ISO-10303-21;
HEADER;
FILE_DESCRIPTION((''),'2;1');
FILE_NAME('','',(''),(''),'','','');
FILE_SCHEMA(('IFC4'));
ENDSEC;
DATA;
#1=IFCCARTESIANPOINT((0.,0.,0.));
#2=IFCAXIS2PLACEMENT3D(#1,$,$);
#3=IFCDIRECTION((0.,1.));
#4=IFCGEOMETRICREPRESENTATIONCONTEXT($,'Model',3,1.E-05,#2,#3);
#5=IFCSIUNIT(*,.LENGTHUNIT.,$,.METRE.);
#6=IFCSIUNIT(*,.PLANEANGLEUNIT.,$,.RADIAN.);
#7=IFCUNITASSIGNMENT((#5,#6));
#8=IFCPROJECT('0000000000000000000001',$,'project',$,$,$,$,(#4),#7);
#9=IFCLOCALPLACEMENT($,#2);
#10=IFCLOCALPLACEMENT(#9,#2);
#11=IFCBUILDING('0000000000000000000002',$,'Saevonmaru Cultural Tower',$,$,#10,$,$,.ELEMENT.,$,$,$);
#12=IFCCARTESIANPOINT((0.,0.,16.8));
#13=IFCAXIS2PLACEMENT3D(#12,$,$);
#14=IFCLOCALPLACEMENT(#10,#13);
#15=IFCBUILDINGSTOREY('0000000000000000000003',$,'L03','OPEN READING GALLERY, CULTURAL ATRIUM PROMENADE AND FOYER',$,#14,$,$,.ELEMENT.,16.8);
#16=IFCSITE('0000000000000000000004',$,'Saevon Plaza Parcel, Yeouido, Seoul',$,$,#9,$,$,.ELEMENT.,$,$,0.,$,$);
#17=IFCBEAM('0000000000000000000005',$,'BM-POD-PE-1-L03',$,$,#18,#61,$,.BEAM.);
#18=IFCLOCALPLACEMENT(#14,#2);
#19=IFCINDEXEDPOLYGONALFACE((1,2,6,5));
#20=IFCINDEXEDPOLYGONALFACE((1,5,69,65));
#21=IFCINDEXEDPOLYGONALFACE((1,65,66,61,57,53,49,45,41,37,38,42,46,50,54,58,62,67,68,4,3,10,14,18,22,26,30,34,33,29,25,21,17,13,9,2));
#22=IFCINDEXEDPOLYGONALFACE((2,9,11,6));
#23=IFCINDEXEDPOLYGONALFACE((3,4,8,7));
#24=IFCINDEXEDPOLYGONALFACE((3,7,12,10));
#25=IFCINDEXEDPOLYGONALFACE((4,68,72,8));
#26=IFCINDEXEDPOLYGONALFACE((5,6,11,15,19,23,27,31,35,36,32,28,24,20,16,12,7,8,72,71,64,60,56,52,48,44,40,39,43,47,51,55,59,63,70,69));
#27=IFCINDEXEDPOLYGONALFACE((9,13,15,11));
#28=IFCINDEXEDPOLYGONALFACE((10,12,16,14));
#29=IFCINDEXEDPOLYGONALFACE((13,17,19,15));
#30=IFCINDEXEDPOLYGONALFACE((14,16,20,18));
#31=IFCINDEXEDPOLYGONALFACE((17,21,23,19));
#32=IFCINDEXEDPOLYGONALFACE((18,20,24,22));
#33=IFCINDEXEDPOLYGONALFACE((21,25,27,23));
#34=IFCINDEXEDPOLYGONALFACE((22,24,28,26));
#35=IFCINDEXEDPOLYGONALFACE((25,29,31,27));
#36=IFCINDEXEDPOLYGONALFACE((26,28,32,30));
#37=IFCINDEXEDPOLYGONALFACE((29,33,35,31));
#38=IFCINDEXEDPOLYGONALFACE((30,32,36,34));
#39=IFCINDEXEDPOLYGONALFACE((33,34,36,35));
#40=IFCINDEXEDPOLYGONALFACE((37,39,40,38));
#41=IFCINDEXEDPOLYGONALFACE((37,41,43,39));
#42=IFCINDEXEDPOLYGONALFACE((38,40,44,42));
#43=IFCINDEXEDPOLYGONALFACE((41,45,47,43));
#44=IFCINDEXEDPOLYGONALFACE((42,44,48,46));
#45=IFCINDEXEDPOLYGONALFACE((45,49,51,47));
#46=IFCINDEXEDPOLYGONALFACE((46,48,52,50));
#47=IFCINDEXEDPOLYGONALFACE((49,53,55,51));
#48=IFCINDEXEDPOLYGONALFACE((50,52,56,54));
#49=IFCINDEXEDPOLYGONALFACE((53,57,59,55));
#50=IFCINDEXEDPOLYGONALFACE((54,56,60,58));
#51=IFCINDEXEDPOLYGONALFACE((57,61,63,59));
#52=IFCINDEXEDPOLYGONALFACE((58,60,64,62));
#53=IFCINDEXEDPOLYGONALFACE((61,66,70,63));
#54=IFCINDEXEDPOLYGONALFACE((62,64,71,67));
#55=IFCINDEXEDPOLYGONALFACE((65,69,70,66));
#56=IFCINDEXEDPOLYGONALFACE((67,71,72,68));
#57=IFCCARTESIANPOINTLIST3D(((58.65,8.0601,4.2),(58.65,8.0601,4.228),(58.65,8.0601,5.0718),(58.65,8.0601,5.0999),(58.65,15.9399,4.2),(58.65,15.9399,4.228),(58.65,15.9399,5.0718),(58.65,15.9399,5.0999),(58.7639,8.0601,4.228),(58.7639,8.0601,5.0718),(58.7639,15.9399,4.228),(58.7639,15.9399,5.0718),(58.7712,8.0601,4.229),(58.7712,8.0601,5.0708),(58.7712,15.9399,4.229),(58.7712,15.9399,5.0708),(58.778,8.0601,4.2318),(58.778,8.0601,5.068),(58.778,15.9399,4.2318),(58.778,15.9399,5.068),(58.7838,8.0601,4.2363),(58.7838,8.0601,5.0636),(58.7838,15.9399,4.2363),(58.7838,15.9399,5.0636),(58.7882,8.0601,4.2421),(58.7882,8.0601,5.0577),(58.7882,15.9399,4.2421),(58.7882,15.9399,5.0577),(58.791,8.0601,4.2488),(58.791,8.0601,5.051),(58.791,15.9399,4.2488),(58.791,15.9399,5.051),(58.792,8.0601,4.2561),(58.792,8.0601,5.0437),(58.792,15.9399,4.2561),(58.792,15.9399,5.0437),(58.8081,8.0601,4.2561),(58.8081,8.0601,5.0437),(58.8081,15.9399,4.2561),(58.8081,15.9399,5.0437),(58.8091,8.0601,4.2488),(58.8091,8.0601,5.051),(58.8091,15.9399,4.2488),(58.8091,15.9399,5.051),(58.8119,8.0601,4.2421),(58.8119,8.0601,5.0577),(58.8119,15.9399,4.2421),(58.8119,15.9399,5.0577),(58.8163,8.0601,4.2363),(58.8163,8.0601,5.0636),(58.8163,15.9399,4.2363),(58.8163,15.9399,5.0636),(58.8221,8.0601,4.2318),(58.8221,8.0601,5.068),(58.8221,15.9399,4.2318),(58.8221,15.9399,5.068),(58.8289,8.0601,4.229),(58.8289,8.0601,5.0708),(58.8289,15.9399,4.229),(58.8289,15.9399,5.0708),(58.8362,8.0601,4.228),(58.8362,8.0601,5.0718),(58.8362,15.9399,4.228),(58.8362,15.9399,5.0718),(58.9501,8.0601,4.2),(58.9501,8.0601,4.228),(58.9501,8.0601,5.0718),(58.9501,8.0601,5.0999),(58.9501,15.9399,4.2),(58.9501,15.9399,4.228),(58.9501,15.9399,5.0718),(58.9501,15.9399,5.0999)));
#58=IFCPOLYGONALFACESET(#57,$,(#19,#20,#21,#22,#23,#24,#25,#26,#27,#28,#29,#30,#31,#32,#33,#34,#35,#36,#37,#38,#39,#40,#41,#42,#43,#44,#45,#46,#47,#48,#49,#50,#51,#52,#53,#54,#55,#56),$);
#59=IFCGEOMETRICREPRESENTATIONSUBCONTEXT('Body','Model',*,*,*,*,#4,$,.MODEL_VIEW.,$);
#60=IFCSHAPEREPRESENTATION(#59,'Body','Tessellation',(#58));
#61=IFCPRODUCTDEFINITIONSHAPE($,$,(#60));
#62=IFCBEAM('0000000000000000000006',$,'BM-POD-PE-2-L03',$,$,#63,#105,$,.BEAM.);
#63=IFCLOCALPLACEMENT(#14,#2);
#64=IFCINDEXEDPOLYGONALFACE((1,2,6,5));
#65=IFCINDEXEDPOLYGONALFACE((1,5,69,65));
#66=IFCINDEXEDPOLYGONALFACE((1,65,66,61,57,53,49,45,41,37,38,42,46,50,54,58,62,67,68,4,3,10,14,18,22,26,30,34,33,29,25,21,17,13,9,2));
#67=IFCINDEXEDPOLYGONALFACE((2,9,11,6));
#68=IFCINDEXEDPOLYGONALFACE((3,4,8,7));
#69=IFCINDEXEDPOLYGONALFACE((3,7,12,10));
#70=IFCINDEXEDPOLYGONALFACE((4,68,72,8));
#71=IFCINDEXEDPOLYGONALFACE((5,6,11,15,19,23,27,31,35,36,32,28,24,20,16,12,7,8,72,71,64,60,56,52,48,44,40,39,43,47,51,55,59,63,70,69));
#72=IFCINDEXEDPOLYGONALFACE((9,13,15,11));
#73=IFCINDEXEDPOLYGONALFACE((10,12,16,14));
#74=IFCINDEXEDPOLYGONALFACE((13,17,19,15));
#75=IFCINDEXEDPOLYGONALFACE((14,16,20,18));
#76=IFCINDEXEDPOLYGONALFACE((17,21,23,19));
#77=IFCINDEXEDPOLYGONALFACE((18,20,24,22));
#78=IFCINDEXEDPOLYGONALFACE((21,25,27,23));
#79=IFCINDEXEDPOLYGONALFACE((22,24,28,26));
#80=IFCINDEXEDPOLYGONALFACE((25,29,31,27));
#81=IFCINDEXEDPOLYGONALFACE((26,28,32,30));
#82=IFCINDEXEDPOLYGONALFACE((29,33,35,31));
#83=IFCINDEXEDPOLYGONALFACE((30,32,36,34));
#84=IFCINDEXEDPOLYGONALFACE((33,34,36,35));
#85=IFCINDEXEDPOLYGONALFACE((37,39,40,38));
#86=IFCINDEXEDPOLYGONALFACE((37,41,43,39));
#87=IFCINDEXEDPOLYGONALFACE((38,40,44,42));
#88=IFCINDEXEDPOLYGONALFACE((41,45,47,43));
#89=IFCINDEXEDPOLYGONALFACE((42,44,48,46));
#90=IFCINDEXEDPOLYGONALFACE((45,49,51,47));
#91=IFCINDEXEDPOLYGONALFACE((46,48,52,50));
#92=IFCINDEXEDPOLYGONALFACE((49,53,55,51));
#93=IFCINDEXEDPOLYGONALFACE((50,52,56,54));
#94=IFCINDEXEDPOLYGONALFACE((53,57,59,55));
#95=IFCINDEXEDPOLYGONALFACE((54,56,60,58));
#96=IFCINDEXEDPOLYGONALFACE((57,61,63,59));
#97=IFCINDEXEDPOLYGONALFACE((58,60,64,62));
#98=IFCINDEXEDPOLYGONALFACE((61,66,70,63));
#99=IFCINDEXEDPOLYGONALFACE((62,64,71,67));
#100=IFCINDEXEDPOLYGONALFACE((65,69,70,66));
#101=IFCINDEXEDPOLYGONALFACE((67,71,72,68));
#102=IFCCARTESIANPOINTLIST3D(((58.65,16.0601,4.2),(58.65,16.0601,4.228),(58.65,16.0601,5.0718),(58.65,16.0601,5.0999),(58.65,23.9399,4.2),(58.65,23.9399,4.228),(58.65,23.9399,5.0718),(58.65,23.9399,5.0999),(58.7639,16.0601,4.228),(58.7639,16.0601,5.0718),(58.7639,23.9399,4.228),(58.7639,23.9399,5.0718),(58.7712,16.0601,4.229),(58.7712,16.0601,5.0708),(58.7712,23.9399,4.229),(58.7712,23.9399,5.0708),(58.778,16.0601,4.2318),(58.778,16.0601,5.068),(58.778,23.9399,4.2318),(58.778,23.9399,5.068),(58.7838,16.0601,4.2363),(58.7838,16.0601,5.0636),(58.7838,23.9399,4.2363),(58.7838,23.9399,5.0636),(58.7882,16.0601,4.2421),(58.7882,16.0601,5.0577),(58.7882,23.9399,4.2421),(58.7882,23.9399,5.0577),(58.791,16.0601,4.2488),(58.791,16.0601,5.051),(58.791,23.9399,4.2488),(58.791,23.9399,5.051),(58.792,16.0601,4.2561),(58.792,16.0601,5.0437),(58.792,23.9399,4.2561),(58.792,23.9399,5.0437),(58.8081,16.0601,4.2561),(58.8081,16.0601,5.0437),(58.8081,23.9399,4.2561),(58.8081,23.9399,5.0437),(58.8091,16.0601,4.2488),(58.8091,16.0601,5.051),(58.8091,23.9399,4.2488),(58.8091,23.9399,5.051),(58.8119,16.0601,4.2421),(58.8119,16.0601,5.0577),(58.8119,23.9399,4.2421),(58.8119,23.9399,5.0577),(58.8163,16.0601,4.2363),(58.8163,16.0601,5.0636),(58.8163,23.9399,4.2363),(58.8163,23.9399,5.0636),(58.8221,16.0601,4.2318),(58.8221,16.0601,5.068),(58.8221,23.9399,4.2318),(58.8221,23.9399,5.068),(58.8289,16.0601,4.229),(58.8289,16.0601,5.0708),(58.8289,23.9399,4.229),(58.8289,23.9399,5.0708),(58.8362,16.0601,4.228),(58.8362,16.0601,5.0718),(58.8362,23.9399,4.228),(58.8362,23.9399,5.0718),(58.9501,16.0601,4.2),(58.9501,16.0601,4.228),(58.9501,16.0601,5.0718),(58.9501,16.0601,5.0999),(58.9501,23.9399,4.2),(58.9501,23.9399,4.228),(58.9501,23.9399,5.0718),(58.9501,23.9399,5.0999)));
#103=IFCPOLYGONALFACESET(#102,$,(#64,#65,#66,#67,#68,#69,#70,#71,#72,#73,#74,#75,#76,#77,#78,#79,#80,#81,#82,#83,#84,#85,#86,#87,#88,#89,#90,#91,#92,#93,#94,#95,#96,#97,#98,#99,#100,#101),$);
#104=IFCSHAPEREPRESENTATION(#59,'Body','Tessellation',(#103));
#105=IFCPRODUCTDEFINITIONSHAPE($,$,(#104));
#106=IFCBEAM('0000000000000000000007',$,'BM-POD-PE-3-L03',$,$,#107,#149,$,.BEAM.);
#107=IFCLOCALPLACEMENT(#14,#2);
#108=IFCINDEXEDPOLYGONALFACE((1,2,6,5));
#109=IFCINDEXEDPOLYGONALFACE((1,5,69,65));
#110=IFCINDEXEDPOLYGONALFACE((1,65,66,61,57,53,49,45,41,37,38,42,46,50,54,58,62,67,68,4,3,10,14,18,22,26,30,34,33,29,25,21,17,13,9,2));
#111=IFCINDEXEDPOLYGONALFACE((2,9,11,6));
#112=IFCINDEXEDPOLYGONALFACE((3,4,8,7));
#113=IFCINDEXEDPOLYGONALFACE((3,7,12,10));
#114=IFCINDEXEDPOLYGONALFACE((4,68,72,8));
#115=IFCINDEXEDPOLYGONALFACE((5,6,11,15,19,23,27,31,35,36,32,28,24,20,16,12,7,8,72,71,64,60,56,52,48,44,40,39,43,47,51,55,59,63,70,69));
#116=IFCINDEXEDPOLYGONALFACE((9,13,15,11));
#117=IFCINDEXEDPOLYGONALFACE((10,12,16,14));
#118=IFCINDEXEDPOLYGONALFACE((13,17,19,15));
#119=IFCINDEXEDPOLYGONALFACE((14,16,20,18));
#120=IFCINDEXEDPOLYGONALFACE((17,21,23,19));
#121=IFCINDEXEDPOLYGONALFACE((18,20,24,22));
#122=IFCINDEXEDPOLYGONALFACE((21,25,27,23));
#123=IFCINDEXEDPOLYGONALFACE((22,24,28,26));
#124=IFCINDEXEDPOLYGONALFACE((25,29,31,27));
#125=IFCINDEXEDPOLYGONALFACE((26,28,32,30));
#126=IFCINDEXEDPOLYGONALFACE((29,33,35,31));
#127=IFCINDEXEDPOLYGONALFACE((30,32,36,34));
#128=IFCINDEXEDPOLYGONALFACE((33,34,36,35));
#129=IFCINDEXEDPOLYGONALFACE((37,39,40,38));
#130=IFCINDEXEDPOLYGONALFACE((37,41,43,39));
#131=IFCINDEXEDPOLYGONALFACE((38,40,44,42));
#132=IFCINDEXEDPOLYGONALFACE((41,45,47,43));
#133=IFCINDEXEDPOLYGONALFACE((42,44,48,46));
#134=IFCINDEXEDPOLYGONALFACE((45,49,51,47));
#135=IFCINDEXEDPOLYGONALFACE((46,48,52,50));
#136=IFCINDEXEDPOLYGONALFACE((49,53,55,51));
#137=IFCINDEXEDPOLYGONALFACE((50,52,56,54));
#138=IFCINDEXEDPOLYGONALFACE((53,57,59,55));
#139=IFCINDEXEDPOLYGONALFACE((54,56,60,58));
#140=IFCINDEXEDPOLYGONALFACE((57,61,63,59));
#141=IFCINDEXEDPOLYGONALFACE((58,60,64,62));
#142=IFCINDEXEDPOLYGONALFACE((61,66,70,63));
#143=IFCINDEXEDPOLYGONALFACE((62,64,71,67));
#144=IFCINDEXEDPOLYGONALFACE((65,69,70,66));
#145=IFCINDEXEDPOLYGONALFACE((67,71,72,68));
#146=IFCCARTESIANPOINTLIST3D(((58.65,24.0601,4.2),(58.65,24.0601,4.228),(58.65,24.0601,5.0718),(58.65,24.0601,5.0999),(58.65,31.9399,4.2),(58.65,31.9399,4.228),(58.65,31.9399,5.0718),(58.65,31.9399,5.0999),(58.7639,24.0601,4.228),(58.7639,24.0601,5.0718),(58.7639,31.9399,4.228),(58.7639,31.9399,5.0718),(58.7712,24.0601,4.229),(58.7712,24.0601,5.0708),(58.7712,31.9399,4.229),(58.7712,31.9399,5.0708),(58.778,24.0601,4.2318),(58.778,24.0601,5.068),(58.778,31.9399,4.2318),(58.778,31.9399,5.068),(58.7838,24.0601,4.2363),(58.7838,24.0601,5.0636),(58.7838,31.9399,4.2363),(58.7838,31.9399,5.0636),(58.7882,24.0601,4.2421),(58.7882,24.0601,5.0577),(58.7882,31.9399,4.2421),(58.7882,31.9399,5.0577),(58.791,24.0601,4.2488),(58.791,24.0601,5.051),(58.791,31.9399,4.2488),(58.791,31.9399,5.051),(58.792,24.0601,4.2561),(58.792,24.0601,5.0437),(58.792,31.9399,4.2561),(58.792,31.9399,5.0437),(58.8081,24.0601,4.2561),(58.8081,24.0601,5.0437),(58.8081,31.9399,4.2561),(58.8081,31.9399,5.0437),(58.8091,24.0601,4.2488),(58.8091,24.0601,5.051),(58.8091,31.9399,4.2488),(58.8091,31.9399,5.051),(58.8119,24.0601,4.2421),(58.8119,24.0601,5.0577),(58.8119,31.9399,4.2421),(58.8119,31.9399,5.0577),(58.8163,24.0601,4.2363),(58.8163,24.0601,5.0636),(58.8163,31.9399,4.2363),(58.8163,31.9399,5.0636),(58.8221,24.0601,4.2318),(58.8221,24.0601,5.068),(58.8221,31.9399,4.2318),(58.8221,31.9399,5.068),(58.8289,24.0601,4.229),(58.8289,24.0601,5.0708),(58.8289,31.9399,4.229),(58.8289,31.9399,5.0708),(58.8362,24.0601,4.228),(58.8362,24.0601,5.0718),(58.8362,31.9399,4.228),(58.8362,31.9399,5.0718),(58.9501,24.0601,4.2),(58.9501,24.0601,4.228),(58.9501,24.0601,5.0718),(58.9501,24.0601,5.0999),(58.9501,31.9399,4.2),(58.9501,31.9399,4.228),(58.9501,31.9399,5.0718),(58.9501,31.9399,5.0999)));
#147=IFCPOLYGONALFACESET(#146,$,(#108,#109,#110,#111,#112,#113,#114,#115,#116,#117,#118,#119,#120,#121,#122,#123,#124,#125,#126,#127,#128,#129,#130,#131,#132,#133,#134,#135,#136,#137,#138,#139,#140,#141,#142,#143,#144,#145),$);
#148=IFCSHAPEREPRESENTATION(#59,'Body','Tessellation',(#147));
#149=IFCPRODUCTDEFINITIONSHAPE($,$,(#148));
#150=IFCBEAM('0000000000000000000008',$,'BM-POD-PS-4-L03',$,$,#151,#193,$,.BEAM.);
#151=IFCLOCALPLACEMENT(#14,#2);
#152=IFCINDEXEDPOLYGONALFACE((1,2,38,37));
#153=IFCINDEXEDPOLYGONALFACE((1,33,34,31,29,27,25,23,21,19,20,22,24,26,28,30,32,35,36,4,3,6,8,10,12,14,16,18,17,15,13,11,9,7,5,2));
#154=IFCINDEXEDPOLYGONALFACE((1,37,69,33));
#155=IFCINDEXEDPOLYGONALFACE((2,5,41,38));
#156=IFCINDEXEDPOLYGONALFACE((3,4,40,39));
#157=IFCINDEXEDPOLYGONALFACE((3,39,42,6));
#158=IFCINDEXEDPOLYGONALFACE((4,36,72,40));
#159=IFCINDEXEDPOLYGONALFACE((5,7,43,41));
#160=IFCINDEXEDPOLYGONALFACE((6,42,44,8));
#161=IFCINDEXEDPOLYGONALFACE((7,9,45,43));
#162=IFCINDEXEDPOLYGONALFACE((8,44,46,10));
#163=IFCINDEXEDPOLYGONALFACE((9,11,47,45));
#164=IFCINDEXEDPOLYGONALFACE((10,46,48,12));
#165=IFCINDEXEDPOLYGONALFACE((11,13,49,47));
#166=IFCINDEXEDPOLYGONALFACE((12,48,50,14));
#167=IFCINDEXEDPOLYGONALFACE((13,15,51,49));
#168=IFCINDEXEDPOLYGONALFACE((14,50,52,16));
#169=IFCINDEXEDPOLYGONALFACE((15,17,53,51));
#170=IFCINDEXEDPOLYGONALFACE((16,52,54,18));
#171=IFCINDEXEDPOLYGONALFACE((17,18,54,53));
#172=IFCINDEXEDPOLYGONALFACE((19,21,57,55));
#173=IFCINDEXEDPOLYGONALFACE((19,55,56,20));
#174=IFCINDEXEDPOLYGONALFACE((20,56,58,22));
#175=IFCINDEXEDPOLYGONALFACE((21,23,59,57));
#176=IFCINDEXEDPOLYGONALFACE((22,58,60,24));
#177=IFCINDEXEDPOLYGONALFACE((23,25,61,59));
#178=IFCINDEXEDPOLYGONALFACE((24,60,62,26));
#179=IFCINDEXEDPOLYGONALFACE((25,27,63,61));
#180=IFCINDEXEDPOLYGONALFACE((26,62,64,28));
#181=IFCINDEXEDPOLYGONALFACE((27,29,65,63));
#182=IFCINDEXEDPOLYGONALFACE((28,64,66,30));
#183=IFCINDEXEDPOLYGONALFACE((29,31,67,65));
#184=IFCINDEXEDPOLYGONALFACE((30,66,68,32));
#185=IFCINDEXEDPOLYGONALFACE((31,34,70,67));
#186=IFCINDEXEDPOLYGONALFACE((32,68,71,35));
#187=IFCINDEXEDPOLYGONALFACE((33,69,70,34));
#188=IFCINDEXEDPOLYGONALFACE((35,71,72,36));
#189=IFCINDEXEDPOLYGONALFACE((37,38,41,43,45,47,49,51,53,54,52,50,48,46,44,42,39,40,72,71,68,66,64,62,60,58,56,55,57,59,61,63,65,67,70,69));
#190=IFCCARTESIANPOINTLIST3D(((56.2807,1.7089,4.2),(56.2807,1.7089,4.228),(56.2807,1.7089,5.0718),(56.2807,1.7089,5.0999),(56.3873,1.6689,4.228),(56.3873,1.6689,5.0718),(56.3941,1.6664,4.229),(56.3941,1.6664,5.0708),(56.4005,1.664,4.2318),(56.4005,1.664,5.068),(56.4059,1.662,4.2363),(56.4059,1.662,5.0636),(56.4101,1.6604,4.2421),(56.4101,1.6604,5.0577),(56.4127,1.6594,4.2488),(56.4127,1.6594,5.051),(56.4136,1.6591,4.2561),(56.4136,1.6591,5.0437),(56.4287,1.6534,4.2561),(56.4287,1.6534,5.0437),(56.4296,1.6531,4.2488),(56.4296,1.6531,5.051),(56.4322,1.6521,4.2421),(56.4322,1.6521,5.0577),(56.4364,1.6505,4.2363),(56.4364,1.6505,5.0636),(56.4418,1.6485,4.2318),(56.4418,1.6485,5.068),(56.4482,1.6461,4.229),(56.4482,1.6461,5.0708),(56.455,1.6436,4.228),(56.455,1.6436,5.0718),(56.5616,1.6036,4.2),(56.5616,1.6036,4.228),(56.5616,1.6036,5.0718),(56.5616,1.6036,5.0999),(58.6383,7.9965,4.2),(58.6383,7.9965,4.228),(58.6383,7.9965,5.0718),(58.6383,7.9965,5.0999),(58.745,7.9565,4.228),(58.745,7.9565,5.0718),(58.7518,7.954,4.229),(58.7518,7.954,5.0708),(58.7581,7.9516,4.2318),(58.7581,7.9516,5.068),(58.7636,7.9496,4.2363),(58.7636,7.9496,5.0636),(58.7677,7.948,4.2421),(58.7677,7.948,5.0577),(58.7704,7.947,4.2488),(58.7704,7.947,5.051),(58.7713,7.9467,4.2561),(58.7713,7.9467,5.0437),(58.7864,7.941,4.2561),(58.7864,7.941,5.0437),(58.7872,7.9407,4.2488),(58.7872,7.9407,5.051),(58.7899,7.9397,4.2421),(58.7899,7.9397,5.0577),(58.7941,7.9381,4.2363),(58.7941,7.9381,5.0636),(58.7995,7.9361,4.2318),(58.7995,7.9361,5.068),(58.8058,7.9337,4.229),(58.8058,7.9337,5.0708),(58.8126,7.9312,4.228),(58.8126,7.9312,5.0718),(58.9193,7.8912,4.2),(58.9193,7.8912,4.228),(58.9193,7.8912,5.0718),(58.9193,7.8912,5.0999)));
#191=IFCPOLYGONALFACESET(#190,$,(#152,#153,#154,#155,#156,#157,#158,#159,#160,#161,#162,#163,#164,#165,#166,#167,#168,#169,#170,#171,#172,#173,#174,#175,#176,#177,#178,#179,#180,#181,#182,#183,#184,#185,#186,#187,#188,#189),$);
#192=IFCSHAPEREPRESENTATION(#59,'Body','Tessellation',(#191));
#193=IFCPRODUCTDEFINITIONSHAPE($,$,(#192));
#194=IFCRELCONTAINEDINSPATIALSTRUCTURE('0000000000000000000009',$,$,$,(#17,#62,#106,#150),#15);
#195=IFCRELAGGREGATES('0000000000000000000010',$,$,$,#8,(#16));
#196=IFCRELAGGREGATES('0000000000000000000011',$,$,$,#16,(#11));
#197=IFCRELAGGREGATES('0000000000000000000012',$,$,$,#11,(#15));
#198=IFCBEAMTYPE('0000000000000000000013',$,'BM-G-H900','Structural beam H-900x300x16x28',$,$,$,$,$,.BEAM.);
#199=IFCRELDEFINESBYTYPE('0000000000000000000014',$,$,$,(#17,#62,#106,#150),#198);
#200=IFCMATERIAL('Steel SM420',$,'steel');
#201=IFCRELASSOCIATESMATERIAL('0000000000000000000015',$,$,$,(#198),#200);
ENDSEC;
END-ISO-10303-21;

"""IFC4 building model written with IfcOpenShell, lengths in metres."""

from ifc_helpers import new_model, si_unit, direction, frame, origin, origin_2d, place, context, subcontext, project, spatial, i_section, extrude, material, material_profile, profile_set, type_object, element, save


model = new_model("IFC4")

# Units and contexts
model_context = context("Model", 3, precision=1e-05, world=origin(), true_north=direction((0.0, 1.0)))
body_context = subcontext(model_context, "Body", "Model", "MODEL_VIEW")
ifc_project = project(units=[si_unit("LENGTHUNIT", "METRE"), si_unit("PLANEANGLEUNIT", "RADIAN")], contexts=[model_context])

# Site, building, storey
site_placement = place(None, origin())
site = spatial("IfcSite", under=ifc_project, at=site_placement, Name="Saevon Plaza Parcel, Yeouido, Seoul", CompositionType="ELEMENT", RefElevation=0.0)
building_placement = place(site_placement, origin())
building = spatial("IfcBuilding", under=site, at=building_placement, Name="Saevonmaru Cultural Tower", CompositionType="ELEMENT")
storey_placement = place(building_placement, frame((0.0, 0.0, 16.8)))
storey = spatial("IfcBuildingStorey", under=building, at=storey_placement, Name="L03", Description="OPEN READING GALLERY, CULTURAL ATRIUM PROMENADE AND FOYER", CompositionType="ELEMENT", Elevation=16.8)

# Shared definitions
ifc_material_1 = material(Name="Steel SM420", Category="steel")

# Beams
ifc_material_profile_1 = material_profile(ifc_material_1, i_section(OverallWidth=0.3, OverallDepth=0.8999, WebThickness=0.0161, FlangeThickness=0.0281, FilletRadius=0.0281, at=origin_2d()), Name="H-900x300x16x28")
ifc_profile_set_1 = profile_set([ifc_material_profile_1], Name="Steel SM420")
beam_type = type_object("IfcBeamType", Name="BM-G-H900", Description="Structural beam H-900x300x16x28", PredefinedType="BEAM", material=ifc_profile_set_1)
for number, where, z_axis, x_axis, name in (
    (1, (58.8, 8.0601, 4.6499), (0.0, 1.0, 0.0), (-1.0, 0.0, 0.0), "BM-POD-PE-1-L03"),
    (2, (58.8, 16.0601, 4.6499), (0.0, 1.0, 0.0), (-1.0, 0.0, 0.0), "BM-POD-PE-2-L03"),
    (3, (58.8, 24.0601, 4.6499), (0.0, 1.0, 0.0), (-1.0, 0.0, 0.0), "BM-POD-PE-3-L03"),
):
    element("IfcBeam", number, at=place(storey_placement, frame(where, z_axis=z_axis, x_axis=x_axis)), inside=storey, type_object=beam_type, Name=name, PredefinedType="BEAM", context=body_context, shape_type="SweptSolid", body=[
        extrude(i_section(OverallWidth=0.3, OverallDepth=0.8999, WebThickness=0.0161, FlangeThickness=0.0281, FilletRadius=0.0281, at=origin_2d()), origin(), (0.0, 0.0, 1.0), 7.8799),
    ])
beam_placement = place(storey_placement, frame((56.4211, 1.6562, 4.6499), z_axis=(0.3511, 0.936338, 0.0), x_axis=(-0.936338, 0.3511, 0.0)))
element("IfcBeam", 4, at=beam_placement, inside=storey, type_object=beam_type, Name="BM-POD-PS-4-L03", PredefinedType="BEAM", context=body_context, shape_type="SweptSolid", body=[
    extrude(i_section(OverallWidth=0.3, OverallDepth=0.8999, WebThickness=0.0161, FlangeThickness=0.0281, FilletRadius=0.0281, at=origin_2d()), origin(), (0.0, 0.0, 1.0), 6.7151),
])

save(model, "model.ifc")
